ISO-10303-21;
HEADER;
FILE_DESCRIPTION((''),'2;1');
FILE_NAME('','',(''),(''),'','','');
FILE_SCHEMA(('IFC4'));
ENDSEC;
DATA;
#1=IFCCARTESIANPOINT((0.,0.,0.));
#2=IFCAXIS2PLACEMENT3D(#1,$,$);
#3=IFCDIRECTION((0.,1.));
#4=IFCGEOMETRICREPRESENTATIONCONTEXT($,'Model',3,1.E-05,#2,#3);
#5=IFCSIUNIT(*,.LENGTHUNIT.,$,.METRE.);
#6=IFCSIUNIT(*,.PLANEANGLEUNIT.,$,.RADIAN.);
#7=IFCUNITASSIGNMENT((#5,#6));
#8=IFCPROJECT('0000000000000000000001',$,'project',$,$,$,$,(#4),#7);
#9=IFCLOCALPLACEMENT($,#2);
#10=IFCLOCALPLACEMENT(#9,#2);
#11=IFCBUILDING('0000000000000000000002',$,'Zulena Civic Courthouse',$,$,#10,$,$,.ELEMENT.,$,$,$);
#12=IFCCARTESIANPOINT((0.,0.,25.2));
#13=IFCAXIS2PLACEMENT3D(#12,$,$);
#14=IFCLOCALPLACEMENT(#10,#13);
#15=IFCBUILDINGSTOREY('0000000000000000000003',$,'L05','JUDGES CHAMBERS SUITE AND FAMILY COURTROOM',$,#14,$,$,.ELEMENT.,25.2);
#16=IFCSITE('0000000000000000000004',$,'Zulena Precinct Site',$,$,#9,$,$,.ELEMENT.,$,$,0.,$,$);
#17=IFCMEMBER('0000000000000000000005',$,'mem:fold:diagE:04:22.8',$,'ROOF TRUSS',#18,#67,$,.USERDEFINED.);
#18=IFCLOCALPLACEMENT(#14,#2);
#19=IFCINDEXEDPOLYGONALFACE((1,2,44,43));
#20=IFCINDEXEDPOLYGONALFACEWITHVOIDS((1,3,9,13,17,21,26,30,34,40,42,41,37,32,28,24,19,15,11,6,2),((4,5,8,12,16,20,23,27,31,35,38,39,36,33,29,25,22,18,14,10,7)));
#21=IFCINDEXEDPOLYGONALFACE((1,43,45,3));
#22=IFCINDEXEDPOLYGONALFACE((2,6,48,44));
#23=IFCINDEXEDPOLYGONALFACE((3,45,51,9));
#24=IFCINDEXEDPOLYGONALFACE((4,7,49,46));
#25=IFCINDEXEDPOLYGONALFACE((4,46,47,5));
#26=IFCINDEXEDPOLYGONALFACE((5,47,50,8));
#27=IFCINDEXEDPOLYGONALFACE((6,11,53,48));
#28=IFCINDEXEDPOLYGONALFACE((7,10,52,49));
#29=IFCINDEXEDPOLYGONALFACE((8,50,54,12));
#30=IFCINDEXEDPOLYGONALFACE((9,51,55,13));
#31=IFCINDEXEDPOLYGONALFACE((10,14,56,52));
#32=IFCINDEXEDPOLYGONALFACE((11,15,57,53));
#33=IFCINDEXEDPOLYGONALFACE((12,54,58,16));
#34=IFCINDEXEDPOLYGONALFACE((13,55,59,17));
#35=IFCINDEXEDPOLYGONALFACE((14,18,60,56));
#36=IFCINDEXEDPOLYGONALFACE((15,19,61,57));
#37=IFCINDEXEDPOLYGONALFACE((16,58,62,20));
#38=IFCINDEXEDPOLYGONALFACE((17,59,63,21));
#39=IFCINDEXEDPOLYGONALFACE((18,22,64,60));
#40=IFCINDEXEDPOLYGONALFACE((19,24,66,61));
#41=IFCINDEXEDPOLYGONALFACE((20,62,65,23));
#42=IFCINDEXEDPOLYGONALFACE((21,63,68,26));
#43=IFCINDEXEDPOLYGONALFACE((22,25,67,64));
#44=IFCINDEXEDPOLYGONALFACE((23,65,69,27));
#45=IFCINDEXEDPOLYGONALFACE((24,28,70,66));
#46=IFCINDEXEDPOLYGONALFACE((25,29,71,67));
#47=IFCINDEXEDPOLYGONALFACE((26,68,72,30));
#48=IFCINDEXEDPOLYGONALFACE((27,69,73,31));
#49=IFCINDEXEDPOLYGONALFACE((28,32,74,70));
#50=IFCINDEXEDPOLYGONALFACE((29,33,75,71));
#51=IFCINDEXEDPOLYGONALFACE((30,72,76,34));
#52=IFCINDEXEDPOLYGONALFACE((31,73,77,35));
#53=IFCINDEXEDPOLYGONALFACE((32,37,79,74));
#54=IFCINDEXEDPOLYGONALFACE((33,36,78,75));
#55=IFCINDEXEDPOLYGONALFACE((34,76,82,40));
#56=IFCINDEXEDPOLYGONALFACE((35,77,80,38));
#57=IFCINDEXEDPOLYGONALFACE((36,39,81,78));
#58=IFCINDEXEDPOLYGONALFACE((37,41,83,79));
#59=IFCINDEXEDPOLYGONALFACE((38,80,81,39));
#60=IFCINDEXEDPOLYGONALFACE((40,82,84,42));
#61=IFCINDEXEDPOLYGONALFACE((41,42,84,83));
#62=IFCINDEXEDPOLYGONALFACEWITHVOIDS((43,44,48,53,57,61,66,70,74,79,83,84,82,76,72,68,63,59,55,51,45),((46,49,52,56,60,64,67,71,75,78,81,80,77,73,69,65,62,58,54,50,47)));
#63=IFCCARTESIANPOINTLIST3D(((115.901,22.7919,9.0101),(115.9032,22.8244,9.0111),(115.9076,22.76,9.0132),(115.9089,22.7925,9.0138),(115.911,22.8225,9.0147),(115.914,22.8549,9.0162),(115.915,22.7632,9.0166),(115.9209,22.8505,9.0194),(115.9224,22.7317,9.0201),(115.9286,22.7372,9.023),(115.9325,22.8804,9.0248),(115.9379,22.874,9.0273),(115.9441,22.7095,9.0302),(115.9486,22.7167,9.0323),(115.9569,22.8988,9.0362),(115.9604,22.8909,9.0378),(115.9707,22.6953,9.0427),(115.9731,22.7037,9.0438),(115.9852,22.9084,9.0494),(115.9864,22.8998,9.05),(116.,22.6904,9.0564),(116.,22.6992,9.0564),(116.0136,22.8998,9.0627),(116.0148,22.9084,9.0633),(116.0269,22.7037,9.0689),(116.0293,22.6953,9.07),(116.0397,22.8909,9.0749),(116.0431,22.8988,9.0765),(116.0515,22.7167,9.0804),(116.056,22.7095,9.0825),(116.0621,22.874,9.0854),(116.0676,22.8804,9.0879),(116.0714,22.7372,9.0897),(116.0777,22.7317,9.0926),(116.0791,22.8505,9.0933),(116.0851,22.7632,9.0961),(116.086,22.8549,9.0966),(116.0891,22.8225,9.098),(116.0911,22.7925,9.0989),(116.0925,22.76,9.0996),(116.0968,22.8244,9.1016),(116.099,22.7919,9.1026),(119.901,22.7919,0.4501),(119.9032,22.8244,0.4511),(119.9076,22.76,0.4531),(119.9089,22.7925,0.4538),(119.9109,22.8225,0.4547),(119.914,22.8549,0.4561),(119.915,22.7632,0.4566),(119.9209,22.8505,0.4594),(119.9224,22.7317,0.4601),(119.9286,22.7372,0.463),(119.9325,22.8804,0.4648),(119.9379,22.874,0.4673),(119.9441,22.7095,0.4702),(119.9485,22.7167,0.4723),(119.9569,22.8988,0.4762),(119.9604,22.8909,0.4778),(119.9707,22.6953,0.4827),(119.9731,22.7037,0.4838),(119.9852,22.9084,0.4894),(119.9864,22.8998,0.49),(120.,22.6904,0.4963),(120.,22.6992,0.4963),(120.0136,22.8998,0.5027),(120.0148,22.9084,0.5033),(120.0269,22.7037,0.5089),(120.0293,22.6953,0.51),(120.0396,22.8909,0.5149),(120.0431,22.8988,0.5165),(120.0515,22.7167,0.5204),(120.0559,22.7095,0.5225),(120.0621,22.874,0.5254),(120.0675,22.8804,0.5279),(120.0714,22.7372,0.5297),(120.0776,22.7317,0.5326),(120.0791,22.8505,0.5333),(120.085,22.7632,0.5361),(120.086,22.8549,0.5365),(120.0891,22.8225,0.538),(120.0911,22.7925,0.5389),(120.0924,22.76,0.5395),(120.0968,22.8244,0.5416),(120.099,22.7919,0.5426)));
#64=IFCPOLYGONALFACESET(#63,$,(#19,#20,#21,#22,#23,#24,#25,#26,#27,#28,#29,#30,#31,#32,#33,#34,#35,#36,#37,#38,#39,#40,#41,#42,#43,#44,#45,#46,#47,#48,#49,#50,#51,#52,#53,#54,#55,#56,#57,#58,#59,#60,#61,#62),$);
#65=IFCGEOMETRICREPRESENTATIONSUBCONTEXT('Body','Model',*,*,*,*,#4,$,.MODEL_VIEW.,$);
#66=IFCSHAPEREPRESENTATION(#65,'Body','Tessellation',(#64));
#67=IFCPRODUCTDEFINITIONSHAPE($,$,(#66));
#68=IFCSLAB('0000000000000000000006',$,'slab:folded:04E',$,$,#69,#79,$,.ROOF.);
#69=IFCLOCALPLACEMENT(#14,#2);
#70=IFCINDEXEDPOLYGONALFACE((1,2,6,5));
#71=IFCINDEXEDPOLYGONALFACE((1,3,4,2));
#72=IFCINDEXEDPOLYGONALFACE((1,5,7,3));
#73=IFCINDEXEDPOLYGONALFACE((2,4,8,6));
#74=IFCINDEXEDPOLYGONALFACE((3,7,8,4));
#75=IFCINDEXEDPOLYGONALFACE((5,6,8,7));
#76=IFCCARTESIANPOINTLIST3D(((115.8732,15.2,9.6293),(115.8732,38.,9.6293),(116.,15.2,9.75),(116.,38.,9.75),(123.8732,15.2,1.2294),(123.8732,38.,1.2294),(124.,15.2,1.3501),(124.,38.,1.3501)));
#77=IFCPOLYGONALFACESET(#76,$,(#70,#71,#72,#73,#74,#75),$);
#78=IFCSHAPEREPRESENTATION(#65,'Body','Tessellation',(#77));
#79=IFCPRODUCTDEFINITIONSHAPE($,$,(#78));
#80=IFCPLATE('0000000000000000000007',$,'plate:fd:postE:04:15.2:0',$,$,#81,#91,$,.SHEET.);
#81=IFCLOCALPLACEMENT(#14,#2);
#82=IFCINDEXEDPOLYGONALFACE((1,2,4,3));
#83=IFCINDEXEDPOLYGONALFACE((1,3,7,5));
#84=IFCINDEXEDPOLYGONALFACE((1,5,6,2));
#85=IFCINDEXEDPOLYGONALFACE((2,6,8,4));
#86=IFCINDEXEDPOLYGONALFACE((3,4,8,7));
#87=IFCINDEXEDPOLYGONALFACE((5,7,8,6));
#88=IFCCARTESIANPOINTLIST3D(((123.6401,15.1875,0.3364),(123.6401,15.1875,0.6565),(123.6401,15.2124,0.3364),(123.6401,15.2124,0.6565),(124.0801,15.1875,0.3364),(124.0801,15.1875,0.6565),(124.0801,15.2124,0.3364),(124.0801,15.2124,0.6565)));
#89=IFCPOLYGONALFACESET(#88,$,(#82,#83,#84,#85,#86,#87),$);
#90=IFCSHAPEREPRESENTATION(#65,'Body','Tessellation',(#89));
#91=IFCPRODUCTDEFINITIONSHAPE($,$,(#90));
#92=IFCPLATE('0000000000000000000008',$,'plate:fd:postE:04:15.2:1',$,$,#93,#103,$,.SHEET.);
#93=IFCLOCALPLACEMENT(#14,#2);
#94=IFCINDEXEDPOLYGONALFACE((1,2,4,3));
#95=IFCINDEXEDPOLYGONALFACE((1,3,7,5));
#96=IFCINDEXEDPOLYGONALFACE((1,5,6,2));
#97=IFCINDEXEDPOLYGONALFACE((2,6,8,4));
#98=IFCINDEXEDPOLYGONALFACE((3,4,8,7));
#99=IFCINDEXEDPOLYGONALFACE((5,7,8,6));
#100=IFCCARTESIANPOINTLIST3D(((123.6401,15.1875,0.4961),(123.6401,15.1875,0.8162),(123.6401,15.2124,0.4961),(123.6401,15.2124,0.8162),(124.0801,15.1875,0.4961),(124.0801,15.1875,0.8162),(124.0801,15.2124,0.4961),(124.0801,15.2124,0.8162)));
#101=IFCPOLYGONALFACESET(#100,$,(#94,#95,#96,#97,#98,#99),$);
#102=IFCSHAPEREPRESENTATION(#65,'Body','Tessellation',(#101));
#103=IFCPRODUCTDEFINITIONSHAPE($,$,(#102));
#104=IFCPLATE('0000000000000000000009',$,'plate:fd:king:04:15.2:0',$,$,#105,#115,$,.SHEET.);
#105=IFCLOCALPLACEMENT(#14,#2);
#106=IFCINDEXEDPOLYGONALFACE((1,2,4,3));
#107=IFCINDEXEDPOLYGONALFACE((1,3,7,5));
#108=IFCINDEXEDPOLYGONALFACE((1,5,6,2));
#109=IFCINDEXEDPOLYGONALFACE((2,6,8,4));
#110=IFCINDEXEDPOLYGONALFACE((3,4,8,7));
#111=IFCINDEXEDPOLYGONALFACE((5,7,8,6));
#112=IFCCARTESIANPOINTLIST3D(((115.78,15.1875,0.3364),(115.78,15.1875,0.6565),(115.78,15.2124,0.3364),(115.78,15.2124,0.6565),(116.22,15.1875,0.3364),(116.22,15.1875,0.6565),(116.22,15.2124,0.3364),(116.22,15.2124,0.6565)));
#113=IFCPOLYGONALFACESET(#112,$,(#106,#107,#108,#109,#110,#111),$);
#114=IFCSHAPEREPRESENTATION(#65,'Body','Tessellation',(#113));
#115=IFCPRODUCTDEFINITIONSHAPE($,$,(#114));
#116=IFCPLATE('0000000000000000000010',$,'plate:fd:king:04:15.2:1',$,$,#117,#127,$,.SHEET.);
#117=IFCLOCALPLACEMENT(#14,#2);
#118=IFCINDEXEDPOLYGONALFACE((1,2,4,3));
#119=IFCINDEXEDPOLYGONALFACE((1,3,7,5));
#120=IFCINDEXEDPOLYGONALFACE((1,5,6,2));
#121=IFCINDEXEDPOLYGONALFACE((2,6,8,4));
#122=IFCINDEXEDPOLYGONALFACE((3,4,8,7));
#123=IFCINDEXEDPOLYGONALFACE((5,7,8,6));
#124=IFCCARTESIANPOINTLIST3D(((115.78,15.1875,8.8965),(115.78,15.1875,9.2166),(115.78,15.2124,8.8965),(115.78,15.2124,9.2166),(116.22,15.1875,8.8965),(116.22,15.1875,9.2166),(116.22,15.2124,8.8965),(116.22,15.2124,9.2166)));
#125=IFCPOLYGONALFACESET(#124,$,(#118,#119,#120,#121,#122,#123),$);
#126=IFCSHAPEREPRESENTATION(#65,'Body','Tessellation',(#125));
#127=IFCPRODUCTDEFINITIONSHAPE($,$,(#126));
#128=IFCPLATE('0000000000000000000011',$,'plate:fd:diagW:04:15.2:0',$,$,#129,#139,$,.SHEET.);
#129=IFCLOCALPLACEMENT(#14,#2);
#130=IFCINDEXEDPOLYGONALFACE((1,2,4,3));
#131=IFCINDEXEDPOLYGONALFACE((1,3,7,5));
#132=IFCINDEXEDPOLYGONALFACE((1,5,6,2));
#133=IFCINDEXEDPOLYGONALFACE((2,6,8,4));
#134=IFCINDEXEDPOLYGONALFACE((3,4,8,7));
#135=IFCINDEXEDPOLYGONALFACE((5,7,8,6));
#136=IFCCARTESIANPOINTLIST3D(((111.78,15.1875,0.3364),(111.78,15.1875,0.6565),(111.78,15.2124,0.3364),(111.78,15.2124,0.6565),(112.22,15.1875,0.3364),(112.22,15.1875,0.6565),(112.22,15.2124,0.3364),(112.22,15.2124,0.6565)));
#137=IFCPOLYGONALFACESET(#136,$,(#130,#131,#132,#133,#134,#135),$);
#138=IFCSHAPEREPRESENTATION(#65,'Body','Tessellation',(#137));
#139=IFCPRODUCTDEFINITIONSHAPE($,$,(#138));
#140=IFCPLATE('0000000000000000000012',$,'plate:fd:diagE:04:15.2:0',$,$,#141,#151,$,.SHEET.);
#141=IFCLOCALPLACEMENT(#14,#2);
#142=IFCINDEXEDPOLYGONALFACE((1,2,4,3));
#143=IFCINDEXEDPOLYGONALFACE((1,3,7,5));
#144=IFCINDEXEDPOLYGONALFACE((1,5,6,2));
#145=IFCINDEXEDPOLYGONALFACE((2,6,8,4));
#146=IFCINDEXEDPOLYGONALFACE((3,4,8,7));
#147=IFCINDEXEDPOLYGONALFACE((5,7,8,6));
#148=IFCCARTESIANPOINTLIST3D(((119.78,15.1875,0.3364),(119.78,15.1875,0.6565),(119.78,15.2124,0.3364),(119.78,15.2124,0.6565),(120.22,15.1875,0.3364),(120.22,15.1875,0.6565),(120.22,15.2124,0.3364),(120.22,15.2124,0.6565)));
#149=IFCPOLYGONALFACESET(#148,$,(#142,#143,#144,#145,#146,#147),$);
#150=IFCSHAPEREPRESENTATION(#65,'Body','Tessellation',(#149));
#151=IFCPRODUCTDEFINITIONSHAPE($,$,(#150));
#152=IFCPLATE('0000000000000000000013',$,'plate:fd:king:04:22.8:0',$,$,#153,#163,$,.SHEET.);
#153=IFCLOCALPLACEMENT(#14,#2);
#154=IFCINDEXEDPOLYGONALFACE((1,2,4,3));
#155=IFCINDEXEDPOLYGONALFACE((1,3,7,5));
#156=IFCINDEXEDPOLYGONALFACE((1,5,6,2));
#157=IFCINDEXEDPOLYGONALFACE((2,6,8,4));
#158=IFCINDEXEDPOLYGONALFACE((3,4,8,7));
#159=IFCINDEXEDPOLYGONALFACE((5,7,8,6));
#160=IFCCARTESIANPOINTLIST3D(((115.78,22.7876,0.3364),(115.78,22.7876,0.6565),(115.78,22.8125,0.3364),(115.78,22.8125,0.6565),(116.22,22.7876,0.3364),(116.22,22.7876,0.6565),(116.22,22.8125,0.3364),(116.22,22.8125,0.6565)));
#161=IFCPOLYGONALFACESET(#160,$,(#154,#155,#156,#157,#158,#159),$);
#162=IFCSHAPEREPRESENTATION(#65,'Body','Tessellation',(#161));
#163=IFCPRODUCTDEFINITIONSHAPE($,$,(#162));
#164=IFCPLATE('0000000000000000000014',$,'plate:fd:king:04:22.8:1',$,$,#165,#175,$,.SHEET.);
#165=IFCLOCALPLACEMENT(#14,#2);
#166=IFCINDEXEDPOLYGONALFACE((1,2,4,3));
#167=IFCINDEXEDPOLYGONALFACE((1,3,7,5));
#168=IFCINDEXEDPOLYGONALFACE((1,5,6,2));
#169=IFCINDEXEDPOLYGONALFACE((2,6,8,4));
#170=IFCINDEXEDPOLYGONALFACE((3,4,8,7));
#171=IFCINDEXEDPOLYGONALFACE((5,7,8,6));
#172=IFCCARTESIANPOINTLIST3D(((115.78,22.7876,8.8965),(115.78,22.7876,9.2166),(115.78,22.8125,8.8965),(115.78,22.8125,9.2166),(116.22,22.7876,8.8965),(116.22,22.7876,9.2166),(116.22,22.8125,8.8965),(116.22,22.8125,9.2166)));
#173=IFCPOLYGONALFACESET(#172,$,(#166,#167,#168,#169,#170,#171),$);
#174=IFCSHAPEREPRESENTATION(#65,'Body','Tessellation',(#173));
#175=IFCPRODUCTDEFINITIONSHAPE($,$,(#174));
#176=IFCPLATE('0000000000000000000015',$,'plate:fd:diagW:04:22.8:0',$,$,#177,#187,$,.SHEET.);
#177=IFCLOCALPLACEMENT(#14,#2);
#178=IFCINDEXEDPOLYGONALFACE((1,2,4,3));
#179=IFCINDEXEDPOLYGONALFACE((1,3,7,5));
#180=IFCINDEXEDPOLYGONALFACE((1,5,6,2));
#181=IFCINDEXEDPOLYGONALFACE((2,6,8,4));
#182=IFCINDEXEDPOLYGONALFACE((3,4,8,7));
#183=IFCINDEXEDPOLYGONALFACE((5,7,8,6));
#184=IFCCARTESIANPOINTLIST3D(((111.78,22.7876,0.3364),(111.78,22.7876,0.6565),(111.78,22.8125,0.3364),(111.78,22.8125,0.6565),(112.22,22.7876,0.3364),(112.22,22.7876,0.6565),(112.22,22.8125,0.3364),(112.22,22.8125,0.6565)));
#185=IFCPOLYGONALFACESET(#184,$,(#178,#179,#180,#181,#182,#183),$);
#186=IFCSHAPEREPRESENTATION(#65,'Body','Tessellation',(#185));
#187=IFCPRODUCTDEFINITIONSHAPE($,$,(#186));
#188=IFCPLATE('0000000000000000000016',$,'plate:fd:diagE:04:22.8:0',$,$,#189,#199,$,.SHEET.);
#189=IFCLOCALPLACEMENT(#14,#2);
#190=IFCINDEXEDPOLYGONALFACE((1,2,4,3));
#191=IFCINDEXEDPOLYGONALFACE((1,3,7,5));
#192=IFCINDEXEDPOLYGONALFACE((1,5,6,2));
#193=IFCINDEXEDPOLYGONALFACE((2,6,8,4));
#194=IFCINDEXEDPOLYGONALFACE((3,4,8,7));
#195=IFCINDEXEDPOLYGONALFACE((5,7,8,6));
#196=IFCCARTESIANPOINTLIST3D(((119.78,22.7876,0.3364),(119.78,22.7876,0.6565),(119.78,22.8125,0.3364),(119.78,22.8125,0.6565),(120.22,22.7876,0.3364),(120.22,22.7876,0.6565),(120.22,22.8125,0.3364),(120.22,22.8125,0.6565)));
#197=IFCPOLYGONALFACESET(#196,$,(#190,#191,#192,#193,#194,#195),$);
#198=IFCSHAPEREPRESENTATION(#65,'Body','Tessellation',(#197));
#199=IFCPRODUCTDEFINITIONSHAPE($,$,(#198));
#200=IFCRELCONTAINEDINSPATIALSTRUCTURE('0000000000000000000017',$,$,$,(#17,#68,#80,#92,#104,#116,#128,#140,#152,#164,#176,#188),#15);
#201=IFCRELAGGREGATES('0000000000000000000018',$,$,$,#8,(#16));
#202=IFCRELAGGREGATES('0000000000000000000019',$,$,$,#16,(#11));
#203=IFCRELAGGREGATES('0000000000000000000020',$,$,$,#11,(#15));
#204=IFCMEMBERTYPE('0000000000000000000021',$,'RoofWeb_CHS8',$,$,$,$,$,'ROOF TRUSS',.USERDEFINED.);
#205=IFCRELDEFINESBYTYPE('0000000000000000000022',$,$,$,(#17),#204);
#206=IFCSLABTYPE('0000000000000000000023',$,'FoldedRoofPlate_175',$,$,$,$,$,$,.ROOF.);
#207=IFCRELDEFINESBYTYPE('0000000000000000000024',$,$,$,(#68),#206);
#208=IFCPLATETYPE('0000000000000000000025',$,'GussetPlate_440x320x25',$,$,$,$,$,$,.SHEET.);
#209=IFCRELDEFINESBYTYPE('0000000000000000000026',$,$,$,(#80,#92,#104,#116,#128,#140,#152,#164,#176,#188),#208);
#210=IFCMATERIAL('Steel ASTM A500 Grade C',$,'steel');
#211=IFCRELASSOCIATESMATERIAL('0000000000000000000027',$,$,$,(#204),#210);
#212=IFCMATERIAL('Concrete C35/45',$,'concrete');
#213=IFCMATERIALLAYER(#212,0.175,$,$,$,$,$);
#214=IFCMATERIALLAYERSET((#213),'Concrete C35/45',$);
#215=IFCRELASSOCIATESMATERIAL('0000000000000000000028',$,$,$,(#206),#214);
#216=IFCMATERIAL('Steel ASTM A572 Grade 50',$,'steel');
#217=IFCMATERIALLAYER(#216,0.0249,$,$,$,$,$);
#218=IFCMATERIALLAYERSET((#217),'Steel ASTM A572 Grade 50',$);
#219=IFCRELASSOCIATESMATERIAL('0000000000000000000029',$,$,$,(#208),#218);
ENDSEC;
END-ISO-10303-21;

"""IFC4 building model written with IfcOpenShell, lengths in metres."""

from ifc_helpers import new_model, si_unit, direction, frame, origin, origin_2d, place, context, subcontext, project, spatial, polyline, rectangle, hollow_circle, outline, extrude, material, layer, layer_set, material_profile, profile_set, type_object, element, save


model = new_model("IFC4")

# Units and contexts
model_context = context("Model", 3, precision=1e-05, world=origin(), true_north=direction((0.0, 1.0)))
body_context = subcontext(model_context, "Body", "Model", "MODEL_VIEW")
ifc_project = project(units=[si_unit("LENGTHUNIT", "METRE"), si_unit("PLANEANGLEUNIT", "RADIAN")], contexts=[model_context])

# Site, building, storey
site_placement = place(None, origin())
site = spatial("IfcSite", under=ifc_project, at=site_placement, Name="Zulena Precinct Site", CompositionType="ELEMENT", RefElevation=0.0)
building_placement = place(site_placement, origin())
building = spatial("IfcBuilding", under=site, at=building_placement, Name="Zulena Civic Courthouse", CompositionType="ELEMENT")
storey_placement = place(building_placement, frame((0.0, 0.0, 25.2)))
storey = spatial("IfcBuildingStorey", under=building, at=storey_placement, Name="L05", Description="JUDGES CHAMBERS SUITE AND FAMILY COURTROOM", CompositionType="ELEMENT", Elevation=25.2)

# Member
ifc_material_1 = material(Name="Steel ASTM A500 Grade C", Category="steel")
ifc_material_profile_1 = material_profile(ifc_material_1, hollow_circle(Radius=0.1096, WallThickness=0.0088, at=origin_2d()), Name="HSS8.625X0.375")
ifc_profile_set_1 = profile_set([ifc_material_profile_1], Name="Steel ASTM A500 Grade C")
member_type_1 = type_object("IfcMemberType", Name="RoofWeb_CHS8", ElementType="ROOF TRUSS", PredefinedType="USERDEFINED", material=ifc_profile_set_1)
for number, where, z_axis, x_axis, name in (
    (1, (120.0, 22.8, 0.4963), (-0.423347, 0.0, 0.905968), (0.0, -1.0, 0.0), "mem:fold:diagE:04:22.8"),
):
    element("IfcMember", number, at=place(storey_placement, frame(where, z_axis=z_axis, x_axis=x_axis)), inside=storey, type_object=member_type_1, Name=name, ObjectType="ROOF TRUSS", PredefinedType="USERDEFINED", context=body_context, shape_type="SweptSolid", body=[
        extrude(hollow_circle(Radius=0.1096, WallThickness=0.0088, at=origin_2d()), origin(), (0.0, 0.0, 1.0), 9.4485),
    ])

# Slab
ifc_material_2 = material(Name="Concrete C35/45", Category="concrete")
ifc_layer_1 = layer(ifc_material_2, 0.175)
ifc_layer_set_1 = layer_set([ifc_layer_1], Name="Concrete C35/45")
slab_type = type_object("IfcSlabType", Name="FoldedRoofPlate_175", PredefinedType="ROOF", material=ifc_layer_set_1)
slab_placement = place(storey_placement, frame((116.0, 15.2, 9.75), z_axis=(0.724134, 0.0, 0.689659), x_axis=(0.689659, 0.0, -0.724134)))
element("IfcSlab", 2, at=slab_placement, inside=storey, type_object=slab_type, Name="slab:folded:04E", PredefinedType="ROOF", context=body_context, shape_type="SweptSolid", body=[
    extrude(outline(polyline([(0.0, 0.0), (11.5999, 0.0), (11.5999, 22.8), (0.0, 22.8), (0.0, 0.0)])), origin(), (0.0, 0.0, -1.0), 0.175),
])

# Plates
ifc_material_3 = material(Name="Steel ASTM A572 Grade 50", Category="steel")
ifc_layer_2 = layer(ifc_material_3, 0.0249)
ifc_layer_set_2 = layer_set([ifc_layer_2], Name="Steel ASTM A572 Grade 50")
plate_type = type_object("IfcPlateType", Name="GussetPlate_440x320x25", PredefinedType="SHEET", material=ifc_layer_set_2)
for number, where, z_axis, x_axis, name in (
    (3, (123.8601, 15.2, 0.3364), (0.0, 0.0, 1.0), (1.0, 0.0, 0.0), "plate:fd:postE:04:15.2:0"),
    (4, (123.8601, 15.2, 0.4961), (0.0, 0.0, 1.0), (1.0, 0.0, 0.0), "plate:fd:postE:04:15.2:1"),
    (5, (116.0, 15.2, 0.3364), (0.0, 0.0, 1.0), (1.0, 0.0, 0.0), "plate:fd:king:04:15.2:0"),
    (6, (116.0, 15.2, 8.8965), (0.0, 0.0, 1.0), (1.0, 0.0, 0.0), "plate:fd:king:04:15.2:1"),
    (7, (112.0, 15.2, 0.3364), (0.0, 0.0, 1.0), (1.0, 0.0, 0.0), "plate:fd:diagW:04:15.2:0"),
    (8, (120.0, 15.2, 0.3364), (0.0, 0.0, 1.0), (1.0, 0.0, 0.0), "plate:fd:diagE:04:15.2:0"),
    (9, (116.0, 22.8, 0.3364), (0.0, 0.0, 1.0), (1.0, 0.0, 0.0), "plate:fd:king:04:22.8:0"),
    (10, (116.0, 22.8, 8.8965), (0.0, 0.0, 1.0), (1.0, 0.0, 0.0), "plate:fd:king:04:22.8:1"),
    (11, (112.0, 22.8, 0.3364), (0.0, 0.0, 1.0), (1.0, 0.0, 0.0), "plate:fd:diagW:04:22.8:0"),
    (12, (120.0, 22.8, 0.3364), (0.0, 0.0, 1.0), (1.0, 0.0, 0.0), "plate:fd:diagE:04:22.8:0"),
):
    element("IfcPlate", number, at=place(storey_placement, frame(where, z_axis=z_axis, x_axis=x_axis)), inside=storey, type_object=plate_type, Name=name, PredefinedType="SHEET", context=body_context, shape_type="SweptSolid", body=[
        extrude(rectangle(XDim=0.4399, YDim=0.0249, at=origin_2d()), origin(), (0.0, 0.0, 1.0), 0.3201),
    ])

save(model, "model.ifc")
